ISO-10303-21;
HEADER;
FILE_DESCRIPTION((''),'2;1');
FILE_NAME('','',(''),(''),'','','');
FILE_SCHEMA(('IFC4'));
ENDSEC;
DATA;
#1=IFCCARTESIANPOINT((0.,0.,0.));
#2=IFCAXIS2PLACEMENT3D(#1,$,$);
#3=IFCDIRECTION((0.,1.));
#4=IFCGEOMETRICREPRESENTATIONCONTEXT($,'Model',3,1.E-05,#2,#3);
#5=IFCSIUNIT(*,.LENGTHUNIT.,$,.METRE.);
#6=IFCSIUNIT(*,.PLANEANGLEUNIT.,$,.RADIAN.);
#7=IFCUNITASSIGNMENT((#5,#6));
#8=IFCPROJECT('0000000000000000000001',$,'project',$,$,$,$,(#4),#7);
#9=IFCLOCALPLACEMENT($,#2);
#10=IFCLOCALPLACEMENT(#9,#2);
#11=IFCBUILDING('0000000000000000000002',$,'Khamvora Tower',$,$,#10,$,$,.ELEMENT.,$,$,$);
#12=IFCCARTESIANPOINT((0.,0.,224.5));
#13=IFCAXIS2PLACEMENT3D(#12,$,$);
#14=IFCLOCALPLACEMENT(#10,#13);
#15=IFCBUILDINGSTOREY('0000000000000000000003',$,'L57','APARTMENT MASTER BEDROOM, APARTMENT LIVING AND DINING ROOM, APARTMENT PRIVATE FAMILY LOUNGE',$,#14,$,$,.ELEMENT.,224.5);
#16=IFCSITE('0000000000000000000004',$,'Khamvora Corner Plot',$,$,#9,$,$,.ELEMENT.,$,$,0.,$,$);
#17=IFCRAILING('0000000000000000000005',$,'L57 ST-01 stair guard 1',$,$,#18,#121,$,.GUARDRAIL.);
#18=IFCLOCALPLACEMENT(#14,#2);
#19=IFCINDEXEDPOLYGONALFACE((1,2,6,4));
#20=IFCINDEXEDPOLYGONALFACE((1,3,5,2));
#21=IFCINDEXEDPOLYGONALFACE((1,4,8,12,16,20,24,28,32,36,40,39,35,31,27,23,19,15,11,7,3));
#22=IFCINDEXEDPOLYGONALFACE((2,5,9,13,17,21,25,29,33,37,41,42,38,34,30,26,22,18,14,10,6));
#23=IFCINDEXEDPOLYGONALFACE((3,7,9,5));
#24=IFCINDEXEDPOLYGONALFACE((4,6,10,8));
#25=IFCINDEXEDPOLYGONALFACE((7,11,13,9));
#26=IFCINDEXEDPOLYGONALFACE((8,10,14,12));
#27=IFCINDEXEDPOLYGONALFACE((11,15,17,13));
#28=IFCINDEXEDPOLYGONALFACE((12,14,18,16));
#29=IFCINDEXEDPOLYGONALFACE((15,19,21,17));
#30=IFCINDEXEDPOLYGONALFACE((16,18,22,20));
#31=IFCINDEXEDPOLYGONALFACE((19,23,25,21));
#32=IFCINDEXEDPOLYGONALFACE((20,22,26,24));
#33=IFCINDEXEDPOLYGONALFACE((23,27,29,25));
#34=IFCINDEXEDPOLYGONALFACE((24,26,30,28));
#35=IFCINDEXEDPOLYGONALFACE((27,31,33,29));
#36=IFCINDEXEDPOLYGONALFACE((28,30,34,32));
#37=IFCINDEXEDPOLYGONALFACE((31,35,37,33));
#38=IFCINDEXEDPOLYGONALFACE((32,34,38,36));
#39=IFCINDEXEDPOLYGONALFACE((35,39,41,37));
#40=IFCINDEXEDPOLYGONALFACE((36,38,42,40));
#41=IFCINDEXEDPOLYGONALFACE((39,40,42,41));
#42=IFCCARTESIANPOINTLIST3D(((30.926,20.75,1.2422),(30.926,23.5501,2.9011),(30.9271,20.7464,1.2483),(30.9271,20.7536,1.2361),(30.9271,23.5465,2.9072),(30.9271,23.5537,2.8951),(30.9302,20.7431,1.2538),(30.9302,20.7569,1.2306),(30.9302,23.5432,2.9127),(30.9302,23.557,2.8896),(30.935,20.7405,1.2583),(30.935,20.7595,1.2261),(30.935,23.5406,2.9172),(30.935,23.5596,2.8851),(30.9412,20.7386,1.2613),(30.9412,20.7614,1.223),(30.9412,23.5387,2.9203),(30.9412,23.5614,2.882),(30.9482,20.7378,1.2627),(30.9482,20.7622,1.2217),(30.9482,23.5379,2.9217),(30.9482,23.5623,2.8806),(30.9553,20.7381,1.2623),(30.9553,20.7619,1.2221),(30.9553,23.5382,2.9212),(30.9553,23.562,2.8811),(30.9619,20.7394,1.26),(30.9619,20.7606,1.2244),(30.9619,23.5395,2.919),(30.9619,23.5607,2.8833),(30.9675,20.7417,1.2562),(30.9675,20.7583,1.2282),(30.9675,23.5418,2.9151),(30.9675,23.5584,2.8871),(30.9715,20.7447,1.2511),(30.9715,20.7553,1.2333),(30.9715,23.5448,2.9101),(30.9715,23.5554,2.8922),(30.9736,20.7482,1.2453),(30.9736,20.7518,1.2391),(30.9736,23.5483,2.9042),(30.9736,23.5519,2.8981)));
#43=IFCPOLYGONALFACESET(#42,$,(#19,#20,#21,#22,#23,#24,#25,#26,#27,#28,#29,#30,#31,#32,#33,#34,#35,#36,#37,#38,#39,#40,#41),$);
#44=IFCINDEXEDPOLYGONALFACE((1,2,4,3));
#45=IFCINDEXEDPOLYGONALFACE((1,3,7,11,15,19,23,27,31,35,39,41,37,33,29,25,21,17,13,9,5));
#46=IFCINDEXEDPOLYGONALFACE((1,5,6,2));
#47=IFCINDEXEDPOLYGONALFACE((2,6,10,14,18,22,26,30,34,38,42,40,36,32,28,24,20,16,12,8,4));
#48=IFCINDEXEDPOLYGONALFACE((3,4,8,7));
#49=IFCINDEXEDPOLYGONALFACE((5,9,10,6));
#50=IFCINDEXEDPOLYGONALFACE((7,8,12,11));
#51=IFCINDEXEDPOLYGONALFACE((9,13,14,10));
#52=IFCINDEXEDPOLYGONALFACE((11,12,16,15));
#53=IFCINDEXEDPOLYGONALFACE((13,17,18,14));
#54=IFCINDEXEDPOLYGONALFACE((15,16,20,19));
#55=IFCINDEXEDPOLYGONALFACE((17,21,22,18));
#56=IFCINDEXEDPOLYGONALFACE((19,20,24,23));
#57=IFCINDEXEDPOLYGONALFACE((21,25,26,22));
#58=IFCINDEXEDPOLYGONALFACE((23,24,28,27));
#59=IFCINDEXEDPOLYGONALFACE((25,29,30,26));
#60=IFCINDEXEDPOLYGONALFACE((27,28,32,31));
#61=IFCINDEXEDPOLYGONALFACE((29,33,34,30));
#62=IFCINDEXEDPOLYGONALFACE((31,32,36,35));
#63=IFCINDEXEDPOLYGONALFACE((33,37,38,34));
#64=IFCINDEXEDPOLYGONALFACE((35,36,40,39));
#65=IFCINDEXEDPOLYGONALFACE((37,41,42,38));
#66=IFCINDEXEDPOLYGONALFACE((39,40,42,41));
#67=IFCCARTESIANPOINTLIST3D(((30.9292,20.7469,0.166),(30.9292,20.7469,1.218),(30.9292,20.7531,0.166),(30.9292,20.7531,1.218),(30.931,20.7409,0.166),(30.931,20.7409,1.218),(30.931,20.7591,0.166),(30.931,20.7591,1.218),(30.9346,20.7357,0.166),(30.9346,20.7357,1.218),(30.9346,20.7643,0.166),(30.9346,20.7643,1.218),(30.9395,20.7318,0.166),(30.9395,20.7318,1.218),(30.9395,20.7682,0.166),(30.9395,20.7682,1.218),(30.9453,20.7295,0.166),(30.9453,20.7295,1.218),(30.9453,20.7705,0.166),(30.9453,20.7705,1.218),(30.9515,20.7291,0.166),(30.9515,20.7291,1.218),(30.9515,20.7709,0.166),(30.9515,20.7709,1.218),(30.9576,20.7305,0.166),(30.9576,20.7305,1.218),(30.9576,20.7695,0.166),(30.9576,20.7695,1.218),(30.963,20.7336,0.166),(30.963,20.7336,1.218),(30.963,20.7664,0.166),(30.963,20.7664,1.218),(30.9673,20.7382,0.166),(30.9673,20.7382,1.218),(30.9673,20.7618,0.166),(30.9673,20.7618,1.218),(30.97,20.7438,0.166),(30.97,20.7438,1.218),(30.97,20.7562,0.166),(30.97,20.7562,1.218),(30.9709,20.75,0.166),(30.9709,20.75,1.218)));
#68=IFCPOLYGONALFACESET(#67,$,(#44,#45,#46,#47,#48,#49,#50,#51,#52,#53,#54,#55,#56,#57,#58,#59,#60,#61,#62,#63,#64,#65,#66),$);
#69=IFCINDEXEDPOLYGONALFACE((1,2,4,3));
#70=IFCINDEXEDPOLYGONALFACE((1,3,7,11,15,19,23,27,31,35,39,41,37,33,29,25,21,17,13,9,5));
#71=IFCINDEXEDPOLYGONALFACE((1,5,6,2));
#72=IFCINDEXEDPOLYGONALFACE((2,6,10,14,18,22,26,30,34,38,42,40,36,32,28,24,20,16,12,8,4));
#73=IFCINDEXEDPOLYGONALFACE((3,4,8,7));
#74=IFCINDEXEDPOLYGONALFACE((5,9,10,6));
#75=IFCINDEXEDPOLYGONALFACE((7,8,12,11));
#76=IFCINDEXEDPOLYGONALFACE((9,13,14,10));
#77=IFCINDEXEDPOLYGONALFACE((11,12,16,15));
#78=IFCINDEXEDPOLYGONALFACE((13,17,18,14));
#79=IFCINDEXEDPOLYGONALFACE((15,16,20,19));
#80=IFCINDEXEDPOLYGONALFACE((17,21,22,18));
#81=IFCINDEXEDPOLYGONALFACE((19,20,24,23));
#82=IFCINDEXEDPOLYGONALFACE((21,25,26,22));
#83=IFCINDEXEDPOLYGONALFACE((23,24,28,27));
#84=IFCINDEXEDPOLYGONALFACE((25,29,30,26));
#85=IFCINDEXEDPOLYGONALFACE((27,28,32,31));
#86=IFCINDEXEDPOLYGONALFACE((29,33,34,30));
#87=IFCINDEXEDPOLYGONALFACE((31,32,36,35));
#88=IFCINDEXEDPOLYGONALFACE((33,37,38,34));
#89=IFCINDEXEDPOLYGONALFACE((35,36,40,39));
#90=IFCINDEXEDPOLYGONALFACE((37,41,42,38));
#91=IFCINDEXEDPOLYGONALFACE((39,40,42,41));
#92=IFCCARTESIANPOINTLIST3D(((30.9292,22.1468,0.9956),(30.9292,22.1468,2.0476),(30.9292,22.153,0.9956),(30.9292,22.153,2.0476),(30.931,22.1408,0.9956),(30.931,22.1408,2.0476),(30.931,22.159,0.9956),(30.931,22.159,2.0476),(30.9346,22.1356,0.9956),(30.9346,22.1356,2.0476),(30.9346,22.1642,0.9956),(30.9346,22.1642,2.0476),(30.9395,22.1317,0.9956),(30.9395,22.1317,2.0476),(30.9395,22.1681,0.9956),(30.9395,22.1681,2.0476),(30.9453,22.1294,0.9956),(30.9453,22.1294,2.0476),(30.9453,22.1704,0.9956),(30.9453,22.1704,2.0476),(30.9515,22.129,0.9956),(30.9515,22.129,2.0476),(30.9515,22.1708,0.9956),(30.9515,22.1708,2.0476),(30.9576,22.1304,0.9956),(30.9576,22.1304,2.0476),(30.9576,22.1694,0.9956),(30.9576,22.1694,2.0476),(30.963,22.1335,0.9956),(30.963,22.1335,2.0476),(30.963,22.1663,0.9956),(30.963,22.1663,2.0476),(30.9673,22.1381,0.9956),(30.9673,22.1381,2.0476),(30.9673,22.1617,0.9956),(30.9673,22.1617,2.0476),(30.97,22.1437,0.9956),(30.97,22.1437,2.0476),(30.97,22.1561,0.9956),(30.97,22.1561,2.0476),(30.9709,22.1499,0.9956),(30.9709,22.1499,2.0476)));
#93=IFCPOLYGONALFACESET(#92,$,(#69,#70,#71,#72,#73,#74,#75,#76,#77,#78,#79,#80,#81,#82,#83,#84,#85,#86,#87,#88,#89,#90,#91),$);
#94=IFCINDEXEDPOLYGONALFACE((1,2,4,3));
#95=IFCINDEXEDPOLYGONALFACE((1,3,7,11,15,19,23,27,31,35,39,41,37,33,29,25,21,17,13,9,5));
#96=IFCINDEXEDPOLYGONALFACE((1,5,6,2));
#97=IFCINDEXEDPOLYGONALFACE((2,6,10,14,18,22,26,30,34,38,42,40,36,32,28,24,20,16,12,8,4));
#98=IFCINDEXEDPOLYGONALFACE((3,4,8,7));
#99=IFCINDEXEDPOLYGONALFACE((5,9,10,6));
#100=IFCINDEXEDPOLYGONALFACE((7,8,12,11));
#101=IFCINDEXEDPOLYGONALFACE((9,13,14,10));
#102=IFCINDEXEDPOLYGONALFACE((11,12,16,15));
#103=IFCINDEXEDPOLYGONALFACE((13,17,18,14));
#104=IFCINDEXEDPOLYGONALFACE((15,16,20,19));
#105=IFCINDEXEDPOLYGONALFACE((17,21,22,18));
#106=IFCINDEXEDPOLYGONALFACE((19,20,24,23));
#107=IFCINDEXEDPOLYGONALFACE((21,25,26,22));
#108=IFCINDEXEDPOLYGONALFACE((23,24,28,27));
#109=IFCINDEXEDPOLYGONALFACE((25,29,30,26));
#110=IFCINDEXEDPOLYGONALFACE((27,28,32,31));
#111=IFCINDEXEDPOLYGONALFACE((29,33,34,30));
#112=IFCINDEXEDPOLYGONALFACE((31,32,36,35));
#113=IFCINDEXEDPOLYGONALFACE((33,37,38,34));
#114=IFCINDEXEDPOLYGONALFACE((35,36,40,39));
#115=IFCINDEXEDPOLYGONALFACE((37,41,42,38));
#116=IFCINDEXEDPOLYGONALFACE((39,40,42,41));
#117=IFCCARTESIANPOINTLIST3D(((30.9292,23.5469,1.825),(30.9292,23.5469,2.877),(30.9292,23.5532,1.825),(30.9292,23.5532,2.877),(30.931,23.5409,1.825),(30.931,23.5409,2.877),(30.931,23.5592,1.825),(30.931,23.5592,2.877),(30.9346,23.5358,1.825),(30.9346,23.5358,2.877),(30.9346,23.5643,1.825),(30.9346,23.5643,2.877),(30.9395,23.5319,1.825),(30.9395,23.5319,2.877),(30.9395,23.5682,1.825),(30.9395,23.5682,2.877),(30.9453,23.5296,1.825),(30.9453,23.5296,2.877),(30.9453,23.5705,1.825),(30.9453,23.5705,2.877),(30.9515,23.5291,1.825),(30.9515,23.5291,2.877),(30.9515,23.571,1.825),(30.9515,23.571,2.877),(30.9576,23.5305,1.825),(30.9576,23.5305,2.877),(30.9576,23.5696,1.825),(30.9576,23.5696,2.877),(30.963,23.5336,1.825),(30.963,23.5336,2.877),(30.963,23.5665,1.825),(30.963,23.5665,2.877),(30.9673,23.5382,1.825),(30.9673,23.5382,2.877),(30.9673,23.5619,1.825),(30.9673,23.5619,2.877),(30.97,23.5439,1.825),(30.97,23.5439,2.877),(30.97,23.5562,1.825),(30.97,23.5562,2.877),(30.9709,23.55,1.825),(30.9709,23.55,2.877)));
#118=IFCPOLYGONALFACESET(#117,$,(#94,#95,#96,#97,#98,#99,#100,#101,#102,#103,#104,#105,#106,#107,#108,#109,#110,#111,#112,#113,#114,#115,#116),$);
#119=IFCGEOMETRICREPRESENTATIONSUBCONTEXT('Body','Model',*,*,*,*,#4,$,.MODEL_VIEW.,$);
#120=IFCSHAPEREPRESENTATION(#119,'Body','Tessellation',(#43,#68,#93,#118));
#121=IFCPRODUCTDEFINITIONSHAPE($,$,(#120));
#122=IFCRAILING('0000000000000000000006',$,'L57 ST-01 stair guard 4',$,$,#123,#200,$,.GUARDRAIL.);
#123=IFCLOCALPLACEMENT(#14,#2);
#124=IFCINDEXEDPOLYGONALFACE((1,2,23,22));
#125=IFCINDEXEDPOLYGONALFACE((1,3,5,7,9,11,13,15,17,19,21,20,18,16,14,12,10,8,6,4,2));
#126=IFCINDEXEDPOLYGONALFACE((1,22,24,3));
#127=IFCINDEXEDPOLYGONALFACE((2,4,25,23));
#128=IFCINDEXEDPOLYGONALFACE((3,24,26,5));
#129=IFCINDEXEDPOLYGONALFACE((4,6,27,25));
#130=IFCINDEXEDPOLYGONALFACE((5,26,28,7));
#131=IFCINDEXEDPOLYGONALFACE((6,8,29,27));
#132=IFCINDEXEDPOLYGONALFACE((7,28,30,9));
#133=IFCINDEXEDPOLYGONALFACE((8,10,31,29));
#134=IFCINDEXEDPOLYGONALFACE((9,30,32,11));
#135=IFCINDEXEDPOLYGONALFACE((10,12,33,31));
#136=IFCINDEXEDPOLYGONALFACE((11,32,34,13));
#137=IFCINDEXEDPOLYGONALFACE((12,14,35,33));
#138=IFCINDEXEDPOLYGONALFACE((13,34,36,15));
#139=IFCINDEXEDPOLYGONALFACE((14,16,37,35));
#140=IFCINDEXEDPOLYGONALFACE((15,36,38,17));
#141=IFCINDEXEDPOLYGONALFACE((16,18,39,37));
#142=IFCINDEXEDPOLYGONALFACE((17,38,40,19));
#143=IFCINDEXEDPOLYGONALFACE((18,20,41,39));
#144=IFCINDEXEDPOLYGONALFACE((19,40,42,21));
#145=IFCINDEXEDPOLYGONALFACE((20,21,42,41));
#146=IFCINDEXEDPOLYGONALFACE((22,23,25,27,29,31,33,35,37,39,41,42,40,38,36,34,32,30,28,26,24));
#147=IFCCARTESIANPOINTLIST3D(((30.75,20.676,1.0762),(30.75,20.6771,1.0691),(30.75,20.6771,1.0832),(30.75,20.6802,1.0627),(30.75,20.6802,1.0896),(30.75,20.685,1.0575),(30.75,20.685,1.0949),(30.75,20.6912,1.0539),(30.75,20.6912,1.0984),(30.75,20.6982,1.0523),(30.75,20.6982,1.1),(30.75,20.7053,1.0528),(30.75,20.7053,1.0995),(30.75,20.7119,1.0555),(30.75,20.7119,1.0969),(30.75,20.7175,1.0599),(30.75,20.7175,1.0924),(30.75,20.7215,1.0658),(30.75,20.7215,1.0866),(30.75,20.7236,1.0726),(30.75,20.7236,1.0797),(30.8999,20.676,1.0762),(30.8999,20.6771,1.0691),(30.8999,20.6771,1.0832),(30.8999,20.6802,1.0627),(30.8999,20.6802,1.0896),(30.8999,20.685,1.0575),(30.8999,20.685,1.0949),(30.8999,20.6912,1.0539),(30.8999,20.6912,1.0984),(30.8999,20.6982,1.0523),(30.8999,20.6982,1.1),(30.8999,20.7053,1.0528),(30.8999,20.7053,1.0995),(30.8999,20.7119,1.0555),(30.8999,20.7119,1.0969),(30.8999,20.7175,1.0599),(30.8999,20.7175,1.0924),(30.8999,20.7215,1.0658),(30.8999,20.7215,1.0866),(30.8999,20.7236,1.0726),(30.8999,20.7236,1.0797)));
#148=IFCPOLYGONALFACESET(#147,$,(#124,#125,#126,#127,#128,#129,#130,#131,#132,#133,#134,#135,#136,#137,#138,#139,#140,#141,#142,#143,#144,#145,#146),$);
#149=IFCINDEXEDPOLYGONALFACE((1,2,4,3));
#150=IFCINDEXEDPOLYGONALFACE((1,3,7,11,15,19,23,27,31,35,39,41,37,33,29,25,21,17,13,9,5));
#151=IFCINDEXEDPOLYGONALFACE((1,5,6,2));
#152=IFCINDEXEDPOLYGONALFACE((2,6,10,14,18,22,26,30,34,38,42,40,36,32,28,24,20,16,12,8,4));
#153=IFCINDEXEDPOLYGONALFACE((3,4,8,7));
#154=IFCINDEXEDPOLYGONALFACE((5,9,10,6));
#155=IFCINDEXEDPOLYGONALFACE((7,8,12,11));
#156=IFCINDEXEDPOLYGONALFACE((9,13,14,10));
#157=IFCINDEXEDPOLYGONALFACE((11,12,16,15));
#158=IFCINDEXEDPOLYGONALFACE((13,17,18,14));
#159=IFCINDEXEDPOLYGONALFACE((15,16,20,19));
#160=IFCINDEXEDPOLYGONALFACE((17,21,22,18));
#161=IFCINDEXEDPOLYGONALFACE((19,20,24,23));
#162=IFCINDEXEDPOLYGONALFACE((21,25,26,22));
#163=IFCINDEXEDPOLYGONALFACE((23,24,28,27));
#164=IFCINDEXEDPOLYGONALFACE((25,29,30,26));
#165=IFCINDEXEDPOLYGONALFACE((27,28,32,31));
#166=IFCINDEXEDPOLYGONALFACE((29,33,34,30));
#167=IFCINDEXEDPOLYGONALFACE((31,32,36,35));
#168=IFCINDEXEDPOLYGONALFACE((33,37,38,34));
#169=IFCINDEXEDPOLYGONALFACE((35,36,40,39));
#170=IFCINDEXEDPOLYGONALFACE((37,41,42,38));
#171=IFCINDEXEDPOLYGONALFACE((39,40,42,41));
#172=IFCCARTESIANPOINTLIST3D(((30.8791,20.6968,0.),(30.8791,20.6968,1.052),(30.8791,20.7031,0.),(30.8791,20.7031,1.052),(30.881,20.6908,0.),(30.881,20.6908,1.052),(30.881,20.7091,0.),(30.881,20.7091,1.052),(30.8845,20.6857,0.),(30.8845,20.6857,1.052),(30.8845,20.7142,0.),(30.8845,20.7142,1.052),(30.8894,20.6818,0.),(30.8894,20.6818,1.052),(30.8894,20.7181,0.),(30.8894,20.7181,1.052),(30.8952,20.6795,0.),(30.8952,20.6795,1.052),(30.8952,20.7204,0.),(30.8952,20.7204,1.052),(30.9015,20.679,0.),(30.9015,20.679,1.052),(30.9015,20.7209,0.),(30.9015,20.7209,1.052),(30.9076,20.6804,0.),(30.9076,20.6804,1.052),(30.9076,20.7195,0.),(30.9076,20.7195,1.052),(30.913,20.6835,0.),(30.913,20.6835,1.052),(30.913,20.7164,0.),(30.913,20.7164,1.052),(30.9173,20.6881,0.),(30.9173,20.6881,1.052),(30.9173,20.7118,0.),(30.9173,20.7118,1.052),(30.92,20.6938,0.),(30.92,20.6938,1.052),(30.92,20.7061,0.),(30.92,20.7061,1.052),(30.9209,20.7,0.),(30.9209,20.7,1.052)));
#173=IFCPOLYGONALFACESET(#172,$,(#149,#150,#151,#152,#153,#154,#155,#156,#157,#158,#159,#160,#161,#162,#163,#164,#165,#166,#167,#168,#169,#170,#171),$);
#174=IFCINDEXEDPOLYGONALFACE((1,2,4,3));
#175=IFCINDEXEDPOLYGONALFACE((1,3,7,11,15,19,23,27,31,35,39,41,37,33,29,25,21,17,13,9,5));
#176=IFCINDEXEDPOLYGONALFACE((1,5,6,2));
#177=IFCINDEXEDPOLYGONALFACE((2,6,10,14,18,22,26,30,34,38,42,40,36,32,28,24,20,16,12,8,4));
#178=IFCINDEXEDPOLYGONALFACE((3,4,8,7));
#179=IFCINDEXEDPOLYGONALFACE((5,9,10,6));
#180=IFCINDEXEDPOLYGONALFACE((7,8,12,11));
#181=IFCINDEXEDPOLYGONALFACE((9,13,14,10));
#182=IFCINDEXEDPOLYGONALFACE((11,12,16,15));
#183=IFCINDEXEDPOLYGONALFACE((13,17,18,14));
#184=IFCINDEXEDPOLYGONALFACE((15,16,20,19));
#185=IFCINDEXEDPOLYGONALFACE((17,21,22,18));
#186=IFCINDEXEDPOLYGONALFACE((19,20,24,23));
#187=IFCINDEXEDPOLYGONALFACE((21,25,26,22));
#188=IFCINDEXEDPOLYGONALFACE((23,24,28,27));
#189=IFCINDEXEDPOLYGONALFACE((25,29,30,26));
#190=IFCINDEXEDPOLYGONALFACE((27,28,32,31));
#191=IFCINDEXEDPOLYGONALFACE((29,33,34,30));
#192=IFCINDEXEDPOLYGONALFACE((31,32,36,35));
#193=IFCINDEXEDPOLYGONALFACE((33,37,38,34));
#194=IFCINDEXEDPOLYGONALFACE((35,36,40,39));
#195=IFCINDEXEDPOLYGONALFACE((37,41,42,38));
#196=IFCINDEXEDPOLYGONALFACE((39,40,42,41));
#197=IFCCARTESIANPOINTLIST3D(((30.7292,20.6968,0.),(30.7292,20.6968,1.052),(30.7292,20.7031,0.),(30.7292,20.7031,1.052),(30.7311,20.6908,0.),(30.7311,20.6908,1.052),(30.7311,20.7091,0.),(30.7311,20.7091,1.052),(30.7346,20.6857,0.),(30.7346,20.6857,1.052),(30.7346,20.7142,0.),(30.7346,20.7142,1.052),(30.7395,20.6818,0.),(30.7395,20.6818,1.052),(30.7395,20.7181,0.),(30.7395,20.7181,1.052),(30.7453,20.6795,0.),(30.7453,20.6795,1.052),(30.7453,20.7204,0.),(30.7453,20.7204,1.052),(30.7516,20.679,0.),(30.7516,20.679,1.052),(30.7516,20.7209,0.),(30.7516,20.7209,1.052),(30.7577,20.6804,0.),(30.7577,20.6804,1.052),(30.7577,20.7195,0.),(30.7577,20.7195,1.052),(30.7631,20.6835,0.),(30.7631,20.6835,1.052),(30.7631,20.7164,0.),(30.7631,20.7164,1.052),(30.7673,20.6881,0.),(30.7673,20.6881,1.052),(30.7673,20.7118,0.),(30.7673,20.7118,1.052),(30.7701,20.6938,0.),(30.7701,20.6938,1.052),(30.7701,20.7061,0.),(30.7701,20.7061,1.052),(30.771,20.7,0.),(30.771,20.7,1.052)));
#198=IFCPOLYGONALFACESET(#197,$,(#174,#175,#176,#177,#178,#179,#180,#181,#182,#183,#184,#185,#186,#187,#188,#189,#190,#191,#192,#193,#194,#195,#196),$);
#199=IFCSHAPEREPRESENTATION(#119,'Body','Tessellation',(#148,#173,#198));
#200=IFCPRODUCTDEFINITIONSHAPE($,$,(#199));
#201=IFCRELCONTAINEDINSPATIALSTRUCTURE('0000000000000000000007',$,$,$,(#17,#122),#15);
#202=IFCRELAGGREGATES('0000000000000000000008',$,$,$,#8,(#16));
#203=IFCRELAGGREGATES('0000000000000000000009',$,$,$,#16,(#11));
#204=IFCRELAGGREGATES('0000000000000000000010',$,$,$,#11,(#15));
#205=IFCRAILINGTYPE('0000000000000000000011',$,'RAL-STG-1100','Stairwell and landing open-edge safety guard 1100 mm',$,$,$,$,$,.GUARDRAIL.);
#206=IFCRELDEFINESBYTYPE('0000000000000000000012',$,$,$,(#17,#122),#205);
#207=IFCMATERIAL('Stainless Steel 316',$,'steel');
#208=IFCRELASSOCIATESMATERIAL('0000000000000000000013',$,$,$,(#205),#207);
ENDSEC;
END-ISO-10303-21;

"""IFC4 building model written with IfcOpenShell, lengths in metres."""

from ifc_helpers import new_model, si_unit, direction, frame, origin, origin_2d, place, context, subcontext, project, spatial, circle, extrude, material, type_object, element, save


model = new_model("IFC4")

# Units and contexts
model_context = context("Model", 3, precision=1e-05, world=origin(), true_north=direction((0.0, 1.0)))
body_context = subcontext(model_context, "Body", "Model", "MODEL_VIEW")
ifc_project = project(units=[si_unit("LENGTHUNIT", "METRE"), si_unit("PLANEANGLEUNIT", "RADIAN")], contexts=[model_context])

# Site, building, storey
site_placement = place(None, origin())
site = spatial("IfcSite", under=ifc_project, at=site_placement, Name="Khamvora Corner Plot", CompositionType="ELEMENT", RefElevation=0.0)
building_placement = place(site_placement, origin())
building = spatial("IfcBuilding", under=site, at=building_placement, Name="Khamvora Tower", CompositionType="ELEMENT")
storey_placement = place(building_placement, frame((0.0, 0.0, 224.5)))
storey = spatial("IfcBuildingStorey", under=building, at=storey_placement, Name="L57", Description="APARTMENT MASTER BEDROOM, APARTMENT LIVING AND DINING ROOM, APARTMENT PRIVATE FAMILY LOUNGE", CompositionType="ELEMENT", Elevation=224.5)

# Railings
ifc_material_1 = material(Name="Stainless Steel 316", Category="steel")
railing_type_1 = type_object("IfcRailingType", Name="RAL-STG-1100", Description="Stairwell and landing open-edge safety guard 1100 mm", PredefinedType="GUARDRAIL", material=ifc_material_1)
railing_1_placement = place(storey_placement, frame((30.95, 20.75, 0.166)))
element("IfcRailing", 1, at=railing_1_placement, inside=storey, type_object=railing_type_1, Name="L57 ST-01 stair guard 1", PredefinedType="GUARDRAIL", context=body_context, shape_type="SweptSolid", body=[
    extrude(circle(Radius=0.0239, at=origin_2d()), frame((0.0, 0.0, 1.0762), z_axis=(0.0, 0.860339, 0.509722), x_axis=(-1.0, 0.0, 0.0)), (0.0, 0.0, 1.0), 3.2546),
    extrude(circle(Radius=0.021, at=origin_2d()), origin(), (0.0, 0.0, 1.0), 1.052),
    extrude(circle(Radius=0.021, at=origin_2d()), frame((0.0, 1.3999, 0.8296)), (0.0, 0.0, 1.0), 1.052),
    extrude(circle(Radius=0.021, at=origin_2d()), frame((0.0, 2.8, 1.6589)), (0.0, 0.0, 1.0), 1.052),
])
railing_2_placement = place(storey_placement, frame((30.8999, 20.7, 0.0)))
element("IfcRailing", 2, at=railing_2_placement, inside=storey, type_object=railing_type_1, Name="L57 ST-01 stair guard 4", PredefinedType="GUARDRAIL", context=body_context, shape_type="SweptSolid", body=[
    extrude(circle(Radius=0.0239, at=origin_2d()), frame((0.0, 0.0, 1.0762), z_axis=(-1.0, 0.0, 0.0), x_axis=(0.0, -1.0, 0.0)), (0.0, 0.0, 1.0), 0.1499),
    extrude(circle(Radius=0.021, at=origin_2d()), origin(), (0.0, 0.0, 1.0), 1.052),
    extrude(circle(Radius=0.021, at=origin_2d()), frame((-0.1499, 0.0, 0.0)), (0.0, 0.0, 1.0), 1.052),
])

save(model, "model.ifc")
